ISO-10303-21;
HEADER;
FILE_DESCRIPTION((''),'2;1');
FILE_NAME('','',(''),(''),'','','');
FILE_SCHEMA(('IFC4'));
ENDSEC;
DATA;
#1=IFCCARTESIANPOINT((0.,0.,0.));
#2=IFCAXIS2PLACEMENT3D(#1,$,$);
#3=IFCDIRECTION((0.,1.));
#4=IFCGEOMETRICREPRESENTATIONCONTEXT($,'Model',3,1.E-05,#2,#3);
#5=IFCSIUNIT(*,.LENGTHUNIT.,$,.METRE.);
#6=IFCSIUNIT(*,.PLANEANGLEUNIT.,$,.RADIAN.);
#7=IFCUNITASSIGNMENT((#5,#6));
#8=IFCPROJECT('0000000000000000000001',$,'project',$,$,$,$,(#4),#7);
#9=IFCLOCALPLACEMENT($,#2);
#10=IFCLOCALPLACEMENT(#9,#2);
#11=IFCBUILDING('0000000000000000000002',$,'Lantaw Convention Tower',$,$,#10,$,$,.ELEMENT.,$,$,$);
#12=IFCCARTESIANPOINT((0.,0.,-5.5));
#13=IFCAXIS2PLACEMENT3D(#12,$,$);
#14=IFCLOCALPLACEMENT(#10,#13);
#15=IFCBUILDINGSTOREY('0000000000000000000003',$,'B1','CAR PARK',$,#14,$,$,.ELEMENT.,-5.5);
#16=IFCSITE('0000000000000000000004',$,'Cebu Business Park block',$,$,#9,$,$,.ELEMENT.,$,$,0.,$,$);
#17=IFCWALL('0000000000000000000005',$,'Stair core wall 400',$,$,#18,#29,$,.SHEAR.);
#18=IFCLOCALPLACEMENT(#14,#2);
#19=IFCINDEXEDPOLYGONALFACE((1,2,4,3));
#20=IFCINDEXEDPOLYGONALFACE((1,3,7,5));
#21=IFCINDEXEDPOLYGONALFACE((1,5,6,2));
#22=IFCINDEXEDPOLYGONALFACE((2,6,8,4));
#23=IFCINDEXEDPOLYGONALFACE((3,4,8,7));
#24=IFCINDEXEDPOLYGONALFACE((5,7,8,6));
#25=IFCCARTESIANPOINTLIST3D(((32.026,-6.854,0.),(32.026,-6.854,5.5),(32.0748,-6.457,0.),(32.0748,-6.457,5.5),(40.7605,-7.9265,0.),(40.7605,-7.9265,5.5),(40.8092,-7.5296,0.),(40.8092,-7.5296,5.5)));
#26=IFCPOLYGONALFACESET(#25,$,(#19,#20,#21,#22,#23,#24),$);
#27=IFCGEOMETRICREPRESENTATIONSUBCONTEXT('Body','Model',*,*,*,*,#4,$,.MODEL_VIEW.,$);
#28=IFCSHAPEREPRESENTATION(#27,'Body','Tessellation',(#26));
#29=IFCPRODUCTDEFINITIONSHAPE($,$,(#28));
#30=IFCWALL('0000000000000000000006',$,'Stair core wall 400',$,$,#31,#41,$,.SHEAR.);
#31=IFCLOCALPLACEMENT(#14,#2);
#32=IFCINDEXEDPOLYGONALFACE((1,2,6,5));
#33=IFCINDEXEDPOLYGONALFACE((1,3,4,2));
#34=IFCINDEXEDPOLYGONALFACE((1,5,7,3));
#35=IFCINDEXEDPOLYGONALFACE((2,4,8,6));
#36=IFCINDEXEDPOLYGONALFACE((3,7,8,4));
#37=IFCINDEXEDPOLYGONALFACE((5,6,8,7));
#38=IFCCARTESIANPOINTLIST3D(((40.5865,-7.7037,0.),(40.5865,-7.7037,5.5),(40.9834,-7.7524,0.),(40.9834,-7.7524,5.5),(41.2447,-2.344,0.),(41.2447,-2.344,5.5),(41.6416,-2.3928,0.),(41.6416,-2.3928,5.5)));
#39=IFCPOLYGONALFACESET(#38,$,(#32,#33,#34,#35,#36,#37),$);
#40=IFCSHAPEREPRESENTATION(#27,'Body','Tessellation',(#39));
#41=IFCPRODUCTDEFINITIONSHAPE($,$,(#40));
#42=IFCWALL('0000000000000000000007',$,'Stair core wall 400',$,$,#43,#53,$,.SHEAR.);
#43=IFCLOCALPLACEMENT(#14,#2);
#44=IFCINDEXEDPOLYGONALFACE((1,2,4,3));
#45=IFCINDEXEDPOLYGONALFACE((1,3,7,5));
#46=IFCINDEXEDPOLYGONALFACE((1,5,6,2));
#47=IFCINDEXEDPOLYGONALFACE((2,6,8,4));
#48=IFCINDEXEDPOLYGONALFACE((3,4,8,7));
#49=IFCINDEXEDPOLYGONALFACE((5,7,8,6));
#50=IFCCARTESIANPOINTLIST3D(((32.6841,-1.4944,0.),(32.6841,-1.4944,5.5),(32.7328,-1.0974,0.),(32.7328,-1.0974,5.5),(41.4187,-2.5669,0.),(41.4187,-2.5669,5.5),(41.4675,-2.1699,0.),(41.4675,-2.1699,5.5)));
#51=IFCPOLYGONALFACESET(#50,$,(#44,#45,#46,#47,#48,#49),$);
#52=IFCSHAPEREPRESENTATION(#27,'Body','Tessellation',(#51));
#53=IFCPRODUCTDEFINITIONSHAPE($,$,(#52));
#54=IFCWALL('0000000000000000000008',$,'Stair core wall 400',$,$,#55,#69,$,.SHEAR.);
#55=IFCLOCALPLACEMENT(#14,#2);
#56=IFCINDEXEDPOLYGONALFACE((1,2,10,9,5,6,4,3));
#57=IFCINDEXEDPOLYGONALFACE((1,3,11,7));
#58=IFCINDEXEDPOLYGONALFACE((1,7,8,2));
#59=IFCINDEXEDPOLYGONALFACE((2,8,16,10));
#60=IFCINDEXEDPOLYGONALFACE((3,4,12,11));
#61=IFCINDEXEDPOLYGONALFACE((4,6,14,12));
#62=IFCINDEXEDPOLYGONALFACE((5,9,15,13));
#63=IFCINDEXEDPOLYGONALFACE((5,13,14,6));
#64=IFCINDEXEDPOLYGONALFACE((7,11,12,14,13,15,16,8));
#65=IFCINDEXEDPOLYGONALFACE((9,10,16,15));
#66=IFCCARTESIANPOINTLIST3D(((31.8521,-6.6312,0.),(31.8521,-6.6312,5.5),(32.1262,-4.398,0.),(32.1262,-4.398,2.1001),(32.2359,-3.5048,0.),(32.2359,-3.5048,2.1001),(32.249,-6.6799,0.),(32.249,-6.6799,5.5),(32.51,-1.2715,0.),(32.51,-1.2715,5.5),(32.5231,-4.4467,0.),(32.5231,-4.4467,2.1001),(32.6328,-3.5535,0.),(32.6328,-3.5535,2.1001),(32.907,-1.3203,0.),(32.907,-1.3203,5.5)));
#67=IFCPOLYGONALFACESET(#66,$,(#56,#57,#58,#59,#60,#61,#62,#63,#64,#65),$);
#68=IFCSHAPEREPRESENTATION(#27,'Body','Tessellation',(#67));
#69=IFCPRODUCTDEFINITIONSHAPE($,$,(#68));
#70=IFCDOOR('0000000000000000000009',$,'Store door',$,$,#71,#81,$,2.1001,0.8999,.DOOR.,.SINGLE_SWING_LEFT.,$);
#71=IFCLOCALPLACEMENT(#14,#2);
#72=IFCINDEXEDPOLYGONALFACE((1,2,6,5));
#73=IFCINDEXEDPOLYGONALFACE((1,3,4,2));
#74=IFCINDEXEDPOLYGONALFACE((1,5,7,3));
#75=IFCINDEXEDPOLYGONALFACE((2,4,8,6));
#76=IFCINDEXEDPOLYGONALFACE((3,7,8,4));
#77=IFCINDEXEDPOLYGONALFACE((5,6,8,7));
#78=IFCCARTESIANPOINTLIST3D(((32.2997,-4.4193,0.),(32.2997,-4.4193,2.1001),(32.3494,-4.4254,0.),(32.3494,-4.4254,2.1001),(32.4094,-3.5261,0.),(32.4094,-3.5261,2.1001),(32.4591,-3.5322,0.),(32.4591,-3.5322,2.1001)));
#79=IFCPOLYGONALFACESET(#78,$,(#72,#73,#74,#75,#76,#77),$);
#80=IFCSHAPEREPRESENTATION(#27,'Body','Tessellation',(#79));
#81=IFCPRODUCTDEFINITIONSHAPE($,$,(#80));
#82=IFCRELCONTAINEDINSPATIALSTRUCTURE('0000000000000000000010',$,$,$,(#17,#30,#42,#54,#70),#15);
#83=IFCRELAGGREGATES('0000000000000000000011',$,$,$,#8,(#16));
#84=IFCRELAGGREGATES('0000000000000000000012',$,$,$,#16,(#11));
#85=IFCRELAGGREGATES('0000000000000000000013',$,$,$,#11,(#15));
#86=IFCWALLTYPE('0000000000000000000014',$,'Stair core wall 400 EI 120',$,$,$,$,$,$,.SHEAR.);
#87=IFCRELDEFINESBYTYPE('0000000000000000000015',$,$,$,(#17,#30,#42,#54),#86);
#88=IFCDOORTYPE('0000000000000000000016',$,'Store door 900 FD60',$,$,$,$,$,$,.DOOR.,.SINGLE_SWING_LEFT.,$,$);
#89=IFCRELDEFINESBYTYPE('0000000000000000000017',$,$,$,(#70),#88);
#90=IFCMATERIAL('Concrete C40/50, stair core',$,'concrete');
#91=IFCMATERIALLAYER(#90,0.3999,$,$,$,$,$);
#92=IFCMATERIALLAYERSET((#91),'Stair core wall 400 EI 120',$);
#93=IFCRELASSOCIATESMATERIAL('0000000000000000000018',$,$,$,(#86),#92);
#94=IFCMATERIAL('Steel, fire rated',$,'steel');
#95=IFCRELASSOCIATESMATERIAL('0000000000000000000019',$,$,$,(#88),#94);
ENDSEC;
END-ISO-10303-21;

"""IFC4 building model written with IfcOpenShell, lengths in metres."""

from ifc_helpers import new_model, si_unit, direction, frame, frame_2d, origin, place, context, subcontext, project, spatial, rectangle, extrude, material, layer, layer_set, type_object, element, fill, save


model = new_model("IFC4")

# Units and contexts
model_context = context("Model", 3, precision=1e-05, world=origin(), true_north=direction((0.0, 1.0)))
body_context = subcontext(model_context, "Body", "Model", "MODEL_VIEW")
ifc_project = project(units=[si_unit("LENGTHUNIT", "METRE"), si_unit("PLANEANGLEUNIT", "RADIAN")], contexts=[model_context])

# Site, building, storey
site_placement = place(None, origin())
site = spatial("IfcSite", under=ifc_project, at=site_placement, Name="Cebu Business Park block", CompositionType="ELEMENT", RefElevation=0.0)
building_placement = place(site_placement, origin())
building = spatial("IfcBuilding", under=site, at=building_placement, Name="Lantaw Convention Tower", CompositionType="ELEMENT")
storey_placement = place(building_placement, frame((0.0, 0.0, -5.5)))
storey = spatial("IfcBuildingStorey", under=building, at=storey_placement, Name="B1", Description="CAR PARK", CompositionType="ELEMENT", Elevation=-5.5)

# Walls
ifc_material_1 = material(Name="Concrete C40/50, stair core", Category="concrete")
ifc_layer_1 = layer(ifc_material_1, 0.3999)
ifc_layer_set_1 = layer_set([ifc_layer_1], Name="Stair core wall 400 EI 120")
wall_type_1 = type_object("IfcWallType", Name="Stair core wall 400 EI 120", PredefinedType="SHEAR", material=ifc_layer_set_1)
wall_1_placement = place(storey_placement, frame((32.0505, -6.6555, 0.0), z_axis=(0.0, 0.0, 1.0), x_axis=(0.992545, -0.121876, 0.0)))
element("IfcWall", 1, at=wall_1_placement, inside=storey, type_object=wall_type_1, Name="Stair core wall 400", PredefinedType="SHEAR", context=body_context, shape_type="SweptSolid", body=[
    extrude(rectangle(XDim=8.8, YDim=0.3999, at=frame_2d((4.3999, 0.0))), origin(), (0.0, 0.0, 1.0), 5.5),
])
wall_2_placement = place(storey_placement, frame((40.7849, -7.728, 0.0), z_axis=(0.0, 0.0, 1.0), x_axis=(0.121892, 0.992543, 0.0)))
element("IfcWall", 2, at=wall_2_placement, inside=storey, type_object=wall_type_1, Name="Stair core wall 400", PredefinedType="SHEAR", context=body_context, shape_type="SweptSolid", body=[
    extrude(rectangle(XDim=5.3999, YDim=0.3999, at=frame_2d((2.7, 0.0))), origin(), (0.0, 0.0, 1.0), 5.5),
])
wall_3_placement = place(storey_placement, frame((41.4431, -2.3684, 0.0), z_axis=(0.0, 0.0, 1.0), x_axis=(-0.992546, 0.121873, 0.0)))
element("IfcWall", 3, at=wall_3_placement, inside=storey, type_object=wall_type_1, Name="Stair core wall 400", PredefinedType="SHEAR", context=body_context, shape_type="SweptSolid", body=[
    extrude(rectangle(XDim=8.8003, YDim=0.3999, at=frame_2d((4.4001, 0.0))), origin(), (0.0, 0.0, 1.0), 5.5),
])

# Wall, opening, door
wall_4_placement = place(storey_placement, frame((32.7085, -1.2959, 0.0), z_axis=(0.0, 0.0, 1.0), x_axis=(-0.121848, -0.992549, 0.0)))
wall_4 = element("IfcWall", 4, at=wall_4_placement, inside=storey, type_object=wall_type_1, Name="Stair core wall 400", PredefinedType="SHEAR", context=body_context, shape_type="SweptSolid", body=[
    extrude(rectangle(XDim=5.3999, YDim=0.3999, at=frame_2d((2.7, 0.0))), origin(), (0.0, 0.0, 1.0), 5.5),
])
opening_placement = place(wall_4_placement, frame((2.25, 0.0, 0.0)))
opening = element("IfcOpeningElement", 5, at=opening_placement, cuts=wall_4, PredefinedType="OPENING", context=body_context, shape_type="SweptSolid", body=[
    extrude(rectangle(XDim=0.8999, YDim=2.1001, at=frame_2d((0.45, 1.05))), frame((0.0, 0.21, 0.0), z_axis=(0.0, -1.0, 0.0), x_axis=(1.0, 0.0, 0.0)), (0.0, 0.0, 1.0), 0.4199),
])
ifc_material_2 = material(Name="Steel, fire rated", Category="steel")
door_type = type_object("IfcDoorType", Name="Store door 900 FD60", OperationType="SINGLE_SWING_LEFT", PredefinedType="DOOR", material=ifc_material_2)
door_placement = place(opening_placement, origin())
door = element("IfcDoor", 6, at=door_placement, inside=storey, type_object=door_type, Name="Store door", OperationType="SINGLE_SWING_LEFT", OverallHeight=2.1001, OverallWidth=0.8999, PredefinedType="DOOR", context=body_context, shape_type="SweptSolid", body=[
    extrude(rectangle(XDim=0.8999, YDim=2.1001, at=frame_2d((0.45, 1.05))), frame((0.0, 0.0249, 0.0), z_axis=(0.0, -1.0, 0.0), x_axis=(1.0, 0.0, 0.0)), (0.0, 0.0, 1.0), 0.05),
])
fill(opening, door)

save(model, "model.ifc")
